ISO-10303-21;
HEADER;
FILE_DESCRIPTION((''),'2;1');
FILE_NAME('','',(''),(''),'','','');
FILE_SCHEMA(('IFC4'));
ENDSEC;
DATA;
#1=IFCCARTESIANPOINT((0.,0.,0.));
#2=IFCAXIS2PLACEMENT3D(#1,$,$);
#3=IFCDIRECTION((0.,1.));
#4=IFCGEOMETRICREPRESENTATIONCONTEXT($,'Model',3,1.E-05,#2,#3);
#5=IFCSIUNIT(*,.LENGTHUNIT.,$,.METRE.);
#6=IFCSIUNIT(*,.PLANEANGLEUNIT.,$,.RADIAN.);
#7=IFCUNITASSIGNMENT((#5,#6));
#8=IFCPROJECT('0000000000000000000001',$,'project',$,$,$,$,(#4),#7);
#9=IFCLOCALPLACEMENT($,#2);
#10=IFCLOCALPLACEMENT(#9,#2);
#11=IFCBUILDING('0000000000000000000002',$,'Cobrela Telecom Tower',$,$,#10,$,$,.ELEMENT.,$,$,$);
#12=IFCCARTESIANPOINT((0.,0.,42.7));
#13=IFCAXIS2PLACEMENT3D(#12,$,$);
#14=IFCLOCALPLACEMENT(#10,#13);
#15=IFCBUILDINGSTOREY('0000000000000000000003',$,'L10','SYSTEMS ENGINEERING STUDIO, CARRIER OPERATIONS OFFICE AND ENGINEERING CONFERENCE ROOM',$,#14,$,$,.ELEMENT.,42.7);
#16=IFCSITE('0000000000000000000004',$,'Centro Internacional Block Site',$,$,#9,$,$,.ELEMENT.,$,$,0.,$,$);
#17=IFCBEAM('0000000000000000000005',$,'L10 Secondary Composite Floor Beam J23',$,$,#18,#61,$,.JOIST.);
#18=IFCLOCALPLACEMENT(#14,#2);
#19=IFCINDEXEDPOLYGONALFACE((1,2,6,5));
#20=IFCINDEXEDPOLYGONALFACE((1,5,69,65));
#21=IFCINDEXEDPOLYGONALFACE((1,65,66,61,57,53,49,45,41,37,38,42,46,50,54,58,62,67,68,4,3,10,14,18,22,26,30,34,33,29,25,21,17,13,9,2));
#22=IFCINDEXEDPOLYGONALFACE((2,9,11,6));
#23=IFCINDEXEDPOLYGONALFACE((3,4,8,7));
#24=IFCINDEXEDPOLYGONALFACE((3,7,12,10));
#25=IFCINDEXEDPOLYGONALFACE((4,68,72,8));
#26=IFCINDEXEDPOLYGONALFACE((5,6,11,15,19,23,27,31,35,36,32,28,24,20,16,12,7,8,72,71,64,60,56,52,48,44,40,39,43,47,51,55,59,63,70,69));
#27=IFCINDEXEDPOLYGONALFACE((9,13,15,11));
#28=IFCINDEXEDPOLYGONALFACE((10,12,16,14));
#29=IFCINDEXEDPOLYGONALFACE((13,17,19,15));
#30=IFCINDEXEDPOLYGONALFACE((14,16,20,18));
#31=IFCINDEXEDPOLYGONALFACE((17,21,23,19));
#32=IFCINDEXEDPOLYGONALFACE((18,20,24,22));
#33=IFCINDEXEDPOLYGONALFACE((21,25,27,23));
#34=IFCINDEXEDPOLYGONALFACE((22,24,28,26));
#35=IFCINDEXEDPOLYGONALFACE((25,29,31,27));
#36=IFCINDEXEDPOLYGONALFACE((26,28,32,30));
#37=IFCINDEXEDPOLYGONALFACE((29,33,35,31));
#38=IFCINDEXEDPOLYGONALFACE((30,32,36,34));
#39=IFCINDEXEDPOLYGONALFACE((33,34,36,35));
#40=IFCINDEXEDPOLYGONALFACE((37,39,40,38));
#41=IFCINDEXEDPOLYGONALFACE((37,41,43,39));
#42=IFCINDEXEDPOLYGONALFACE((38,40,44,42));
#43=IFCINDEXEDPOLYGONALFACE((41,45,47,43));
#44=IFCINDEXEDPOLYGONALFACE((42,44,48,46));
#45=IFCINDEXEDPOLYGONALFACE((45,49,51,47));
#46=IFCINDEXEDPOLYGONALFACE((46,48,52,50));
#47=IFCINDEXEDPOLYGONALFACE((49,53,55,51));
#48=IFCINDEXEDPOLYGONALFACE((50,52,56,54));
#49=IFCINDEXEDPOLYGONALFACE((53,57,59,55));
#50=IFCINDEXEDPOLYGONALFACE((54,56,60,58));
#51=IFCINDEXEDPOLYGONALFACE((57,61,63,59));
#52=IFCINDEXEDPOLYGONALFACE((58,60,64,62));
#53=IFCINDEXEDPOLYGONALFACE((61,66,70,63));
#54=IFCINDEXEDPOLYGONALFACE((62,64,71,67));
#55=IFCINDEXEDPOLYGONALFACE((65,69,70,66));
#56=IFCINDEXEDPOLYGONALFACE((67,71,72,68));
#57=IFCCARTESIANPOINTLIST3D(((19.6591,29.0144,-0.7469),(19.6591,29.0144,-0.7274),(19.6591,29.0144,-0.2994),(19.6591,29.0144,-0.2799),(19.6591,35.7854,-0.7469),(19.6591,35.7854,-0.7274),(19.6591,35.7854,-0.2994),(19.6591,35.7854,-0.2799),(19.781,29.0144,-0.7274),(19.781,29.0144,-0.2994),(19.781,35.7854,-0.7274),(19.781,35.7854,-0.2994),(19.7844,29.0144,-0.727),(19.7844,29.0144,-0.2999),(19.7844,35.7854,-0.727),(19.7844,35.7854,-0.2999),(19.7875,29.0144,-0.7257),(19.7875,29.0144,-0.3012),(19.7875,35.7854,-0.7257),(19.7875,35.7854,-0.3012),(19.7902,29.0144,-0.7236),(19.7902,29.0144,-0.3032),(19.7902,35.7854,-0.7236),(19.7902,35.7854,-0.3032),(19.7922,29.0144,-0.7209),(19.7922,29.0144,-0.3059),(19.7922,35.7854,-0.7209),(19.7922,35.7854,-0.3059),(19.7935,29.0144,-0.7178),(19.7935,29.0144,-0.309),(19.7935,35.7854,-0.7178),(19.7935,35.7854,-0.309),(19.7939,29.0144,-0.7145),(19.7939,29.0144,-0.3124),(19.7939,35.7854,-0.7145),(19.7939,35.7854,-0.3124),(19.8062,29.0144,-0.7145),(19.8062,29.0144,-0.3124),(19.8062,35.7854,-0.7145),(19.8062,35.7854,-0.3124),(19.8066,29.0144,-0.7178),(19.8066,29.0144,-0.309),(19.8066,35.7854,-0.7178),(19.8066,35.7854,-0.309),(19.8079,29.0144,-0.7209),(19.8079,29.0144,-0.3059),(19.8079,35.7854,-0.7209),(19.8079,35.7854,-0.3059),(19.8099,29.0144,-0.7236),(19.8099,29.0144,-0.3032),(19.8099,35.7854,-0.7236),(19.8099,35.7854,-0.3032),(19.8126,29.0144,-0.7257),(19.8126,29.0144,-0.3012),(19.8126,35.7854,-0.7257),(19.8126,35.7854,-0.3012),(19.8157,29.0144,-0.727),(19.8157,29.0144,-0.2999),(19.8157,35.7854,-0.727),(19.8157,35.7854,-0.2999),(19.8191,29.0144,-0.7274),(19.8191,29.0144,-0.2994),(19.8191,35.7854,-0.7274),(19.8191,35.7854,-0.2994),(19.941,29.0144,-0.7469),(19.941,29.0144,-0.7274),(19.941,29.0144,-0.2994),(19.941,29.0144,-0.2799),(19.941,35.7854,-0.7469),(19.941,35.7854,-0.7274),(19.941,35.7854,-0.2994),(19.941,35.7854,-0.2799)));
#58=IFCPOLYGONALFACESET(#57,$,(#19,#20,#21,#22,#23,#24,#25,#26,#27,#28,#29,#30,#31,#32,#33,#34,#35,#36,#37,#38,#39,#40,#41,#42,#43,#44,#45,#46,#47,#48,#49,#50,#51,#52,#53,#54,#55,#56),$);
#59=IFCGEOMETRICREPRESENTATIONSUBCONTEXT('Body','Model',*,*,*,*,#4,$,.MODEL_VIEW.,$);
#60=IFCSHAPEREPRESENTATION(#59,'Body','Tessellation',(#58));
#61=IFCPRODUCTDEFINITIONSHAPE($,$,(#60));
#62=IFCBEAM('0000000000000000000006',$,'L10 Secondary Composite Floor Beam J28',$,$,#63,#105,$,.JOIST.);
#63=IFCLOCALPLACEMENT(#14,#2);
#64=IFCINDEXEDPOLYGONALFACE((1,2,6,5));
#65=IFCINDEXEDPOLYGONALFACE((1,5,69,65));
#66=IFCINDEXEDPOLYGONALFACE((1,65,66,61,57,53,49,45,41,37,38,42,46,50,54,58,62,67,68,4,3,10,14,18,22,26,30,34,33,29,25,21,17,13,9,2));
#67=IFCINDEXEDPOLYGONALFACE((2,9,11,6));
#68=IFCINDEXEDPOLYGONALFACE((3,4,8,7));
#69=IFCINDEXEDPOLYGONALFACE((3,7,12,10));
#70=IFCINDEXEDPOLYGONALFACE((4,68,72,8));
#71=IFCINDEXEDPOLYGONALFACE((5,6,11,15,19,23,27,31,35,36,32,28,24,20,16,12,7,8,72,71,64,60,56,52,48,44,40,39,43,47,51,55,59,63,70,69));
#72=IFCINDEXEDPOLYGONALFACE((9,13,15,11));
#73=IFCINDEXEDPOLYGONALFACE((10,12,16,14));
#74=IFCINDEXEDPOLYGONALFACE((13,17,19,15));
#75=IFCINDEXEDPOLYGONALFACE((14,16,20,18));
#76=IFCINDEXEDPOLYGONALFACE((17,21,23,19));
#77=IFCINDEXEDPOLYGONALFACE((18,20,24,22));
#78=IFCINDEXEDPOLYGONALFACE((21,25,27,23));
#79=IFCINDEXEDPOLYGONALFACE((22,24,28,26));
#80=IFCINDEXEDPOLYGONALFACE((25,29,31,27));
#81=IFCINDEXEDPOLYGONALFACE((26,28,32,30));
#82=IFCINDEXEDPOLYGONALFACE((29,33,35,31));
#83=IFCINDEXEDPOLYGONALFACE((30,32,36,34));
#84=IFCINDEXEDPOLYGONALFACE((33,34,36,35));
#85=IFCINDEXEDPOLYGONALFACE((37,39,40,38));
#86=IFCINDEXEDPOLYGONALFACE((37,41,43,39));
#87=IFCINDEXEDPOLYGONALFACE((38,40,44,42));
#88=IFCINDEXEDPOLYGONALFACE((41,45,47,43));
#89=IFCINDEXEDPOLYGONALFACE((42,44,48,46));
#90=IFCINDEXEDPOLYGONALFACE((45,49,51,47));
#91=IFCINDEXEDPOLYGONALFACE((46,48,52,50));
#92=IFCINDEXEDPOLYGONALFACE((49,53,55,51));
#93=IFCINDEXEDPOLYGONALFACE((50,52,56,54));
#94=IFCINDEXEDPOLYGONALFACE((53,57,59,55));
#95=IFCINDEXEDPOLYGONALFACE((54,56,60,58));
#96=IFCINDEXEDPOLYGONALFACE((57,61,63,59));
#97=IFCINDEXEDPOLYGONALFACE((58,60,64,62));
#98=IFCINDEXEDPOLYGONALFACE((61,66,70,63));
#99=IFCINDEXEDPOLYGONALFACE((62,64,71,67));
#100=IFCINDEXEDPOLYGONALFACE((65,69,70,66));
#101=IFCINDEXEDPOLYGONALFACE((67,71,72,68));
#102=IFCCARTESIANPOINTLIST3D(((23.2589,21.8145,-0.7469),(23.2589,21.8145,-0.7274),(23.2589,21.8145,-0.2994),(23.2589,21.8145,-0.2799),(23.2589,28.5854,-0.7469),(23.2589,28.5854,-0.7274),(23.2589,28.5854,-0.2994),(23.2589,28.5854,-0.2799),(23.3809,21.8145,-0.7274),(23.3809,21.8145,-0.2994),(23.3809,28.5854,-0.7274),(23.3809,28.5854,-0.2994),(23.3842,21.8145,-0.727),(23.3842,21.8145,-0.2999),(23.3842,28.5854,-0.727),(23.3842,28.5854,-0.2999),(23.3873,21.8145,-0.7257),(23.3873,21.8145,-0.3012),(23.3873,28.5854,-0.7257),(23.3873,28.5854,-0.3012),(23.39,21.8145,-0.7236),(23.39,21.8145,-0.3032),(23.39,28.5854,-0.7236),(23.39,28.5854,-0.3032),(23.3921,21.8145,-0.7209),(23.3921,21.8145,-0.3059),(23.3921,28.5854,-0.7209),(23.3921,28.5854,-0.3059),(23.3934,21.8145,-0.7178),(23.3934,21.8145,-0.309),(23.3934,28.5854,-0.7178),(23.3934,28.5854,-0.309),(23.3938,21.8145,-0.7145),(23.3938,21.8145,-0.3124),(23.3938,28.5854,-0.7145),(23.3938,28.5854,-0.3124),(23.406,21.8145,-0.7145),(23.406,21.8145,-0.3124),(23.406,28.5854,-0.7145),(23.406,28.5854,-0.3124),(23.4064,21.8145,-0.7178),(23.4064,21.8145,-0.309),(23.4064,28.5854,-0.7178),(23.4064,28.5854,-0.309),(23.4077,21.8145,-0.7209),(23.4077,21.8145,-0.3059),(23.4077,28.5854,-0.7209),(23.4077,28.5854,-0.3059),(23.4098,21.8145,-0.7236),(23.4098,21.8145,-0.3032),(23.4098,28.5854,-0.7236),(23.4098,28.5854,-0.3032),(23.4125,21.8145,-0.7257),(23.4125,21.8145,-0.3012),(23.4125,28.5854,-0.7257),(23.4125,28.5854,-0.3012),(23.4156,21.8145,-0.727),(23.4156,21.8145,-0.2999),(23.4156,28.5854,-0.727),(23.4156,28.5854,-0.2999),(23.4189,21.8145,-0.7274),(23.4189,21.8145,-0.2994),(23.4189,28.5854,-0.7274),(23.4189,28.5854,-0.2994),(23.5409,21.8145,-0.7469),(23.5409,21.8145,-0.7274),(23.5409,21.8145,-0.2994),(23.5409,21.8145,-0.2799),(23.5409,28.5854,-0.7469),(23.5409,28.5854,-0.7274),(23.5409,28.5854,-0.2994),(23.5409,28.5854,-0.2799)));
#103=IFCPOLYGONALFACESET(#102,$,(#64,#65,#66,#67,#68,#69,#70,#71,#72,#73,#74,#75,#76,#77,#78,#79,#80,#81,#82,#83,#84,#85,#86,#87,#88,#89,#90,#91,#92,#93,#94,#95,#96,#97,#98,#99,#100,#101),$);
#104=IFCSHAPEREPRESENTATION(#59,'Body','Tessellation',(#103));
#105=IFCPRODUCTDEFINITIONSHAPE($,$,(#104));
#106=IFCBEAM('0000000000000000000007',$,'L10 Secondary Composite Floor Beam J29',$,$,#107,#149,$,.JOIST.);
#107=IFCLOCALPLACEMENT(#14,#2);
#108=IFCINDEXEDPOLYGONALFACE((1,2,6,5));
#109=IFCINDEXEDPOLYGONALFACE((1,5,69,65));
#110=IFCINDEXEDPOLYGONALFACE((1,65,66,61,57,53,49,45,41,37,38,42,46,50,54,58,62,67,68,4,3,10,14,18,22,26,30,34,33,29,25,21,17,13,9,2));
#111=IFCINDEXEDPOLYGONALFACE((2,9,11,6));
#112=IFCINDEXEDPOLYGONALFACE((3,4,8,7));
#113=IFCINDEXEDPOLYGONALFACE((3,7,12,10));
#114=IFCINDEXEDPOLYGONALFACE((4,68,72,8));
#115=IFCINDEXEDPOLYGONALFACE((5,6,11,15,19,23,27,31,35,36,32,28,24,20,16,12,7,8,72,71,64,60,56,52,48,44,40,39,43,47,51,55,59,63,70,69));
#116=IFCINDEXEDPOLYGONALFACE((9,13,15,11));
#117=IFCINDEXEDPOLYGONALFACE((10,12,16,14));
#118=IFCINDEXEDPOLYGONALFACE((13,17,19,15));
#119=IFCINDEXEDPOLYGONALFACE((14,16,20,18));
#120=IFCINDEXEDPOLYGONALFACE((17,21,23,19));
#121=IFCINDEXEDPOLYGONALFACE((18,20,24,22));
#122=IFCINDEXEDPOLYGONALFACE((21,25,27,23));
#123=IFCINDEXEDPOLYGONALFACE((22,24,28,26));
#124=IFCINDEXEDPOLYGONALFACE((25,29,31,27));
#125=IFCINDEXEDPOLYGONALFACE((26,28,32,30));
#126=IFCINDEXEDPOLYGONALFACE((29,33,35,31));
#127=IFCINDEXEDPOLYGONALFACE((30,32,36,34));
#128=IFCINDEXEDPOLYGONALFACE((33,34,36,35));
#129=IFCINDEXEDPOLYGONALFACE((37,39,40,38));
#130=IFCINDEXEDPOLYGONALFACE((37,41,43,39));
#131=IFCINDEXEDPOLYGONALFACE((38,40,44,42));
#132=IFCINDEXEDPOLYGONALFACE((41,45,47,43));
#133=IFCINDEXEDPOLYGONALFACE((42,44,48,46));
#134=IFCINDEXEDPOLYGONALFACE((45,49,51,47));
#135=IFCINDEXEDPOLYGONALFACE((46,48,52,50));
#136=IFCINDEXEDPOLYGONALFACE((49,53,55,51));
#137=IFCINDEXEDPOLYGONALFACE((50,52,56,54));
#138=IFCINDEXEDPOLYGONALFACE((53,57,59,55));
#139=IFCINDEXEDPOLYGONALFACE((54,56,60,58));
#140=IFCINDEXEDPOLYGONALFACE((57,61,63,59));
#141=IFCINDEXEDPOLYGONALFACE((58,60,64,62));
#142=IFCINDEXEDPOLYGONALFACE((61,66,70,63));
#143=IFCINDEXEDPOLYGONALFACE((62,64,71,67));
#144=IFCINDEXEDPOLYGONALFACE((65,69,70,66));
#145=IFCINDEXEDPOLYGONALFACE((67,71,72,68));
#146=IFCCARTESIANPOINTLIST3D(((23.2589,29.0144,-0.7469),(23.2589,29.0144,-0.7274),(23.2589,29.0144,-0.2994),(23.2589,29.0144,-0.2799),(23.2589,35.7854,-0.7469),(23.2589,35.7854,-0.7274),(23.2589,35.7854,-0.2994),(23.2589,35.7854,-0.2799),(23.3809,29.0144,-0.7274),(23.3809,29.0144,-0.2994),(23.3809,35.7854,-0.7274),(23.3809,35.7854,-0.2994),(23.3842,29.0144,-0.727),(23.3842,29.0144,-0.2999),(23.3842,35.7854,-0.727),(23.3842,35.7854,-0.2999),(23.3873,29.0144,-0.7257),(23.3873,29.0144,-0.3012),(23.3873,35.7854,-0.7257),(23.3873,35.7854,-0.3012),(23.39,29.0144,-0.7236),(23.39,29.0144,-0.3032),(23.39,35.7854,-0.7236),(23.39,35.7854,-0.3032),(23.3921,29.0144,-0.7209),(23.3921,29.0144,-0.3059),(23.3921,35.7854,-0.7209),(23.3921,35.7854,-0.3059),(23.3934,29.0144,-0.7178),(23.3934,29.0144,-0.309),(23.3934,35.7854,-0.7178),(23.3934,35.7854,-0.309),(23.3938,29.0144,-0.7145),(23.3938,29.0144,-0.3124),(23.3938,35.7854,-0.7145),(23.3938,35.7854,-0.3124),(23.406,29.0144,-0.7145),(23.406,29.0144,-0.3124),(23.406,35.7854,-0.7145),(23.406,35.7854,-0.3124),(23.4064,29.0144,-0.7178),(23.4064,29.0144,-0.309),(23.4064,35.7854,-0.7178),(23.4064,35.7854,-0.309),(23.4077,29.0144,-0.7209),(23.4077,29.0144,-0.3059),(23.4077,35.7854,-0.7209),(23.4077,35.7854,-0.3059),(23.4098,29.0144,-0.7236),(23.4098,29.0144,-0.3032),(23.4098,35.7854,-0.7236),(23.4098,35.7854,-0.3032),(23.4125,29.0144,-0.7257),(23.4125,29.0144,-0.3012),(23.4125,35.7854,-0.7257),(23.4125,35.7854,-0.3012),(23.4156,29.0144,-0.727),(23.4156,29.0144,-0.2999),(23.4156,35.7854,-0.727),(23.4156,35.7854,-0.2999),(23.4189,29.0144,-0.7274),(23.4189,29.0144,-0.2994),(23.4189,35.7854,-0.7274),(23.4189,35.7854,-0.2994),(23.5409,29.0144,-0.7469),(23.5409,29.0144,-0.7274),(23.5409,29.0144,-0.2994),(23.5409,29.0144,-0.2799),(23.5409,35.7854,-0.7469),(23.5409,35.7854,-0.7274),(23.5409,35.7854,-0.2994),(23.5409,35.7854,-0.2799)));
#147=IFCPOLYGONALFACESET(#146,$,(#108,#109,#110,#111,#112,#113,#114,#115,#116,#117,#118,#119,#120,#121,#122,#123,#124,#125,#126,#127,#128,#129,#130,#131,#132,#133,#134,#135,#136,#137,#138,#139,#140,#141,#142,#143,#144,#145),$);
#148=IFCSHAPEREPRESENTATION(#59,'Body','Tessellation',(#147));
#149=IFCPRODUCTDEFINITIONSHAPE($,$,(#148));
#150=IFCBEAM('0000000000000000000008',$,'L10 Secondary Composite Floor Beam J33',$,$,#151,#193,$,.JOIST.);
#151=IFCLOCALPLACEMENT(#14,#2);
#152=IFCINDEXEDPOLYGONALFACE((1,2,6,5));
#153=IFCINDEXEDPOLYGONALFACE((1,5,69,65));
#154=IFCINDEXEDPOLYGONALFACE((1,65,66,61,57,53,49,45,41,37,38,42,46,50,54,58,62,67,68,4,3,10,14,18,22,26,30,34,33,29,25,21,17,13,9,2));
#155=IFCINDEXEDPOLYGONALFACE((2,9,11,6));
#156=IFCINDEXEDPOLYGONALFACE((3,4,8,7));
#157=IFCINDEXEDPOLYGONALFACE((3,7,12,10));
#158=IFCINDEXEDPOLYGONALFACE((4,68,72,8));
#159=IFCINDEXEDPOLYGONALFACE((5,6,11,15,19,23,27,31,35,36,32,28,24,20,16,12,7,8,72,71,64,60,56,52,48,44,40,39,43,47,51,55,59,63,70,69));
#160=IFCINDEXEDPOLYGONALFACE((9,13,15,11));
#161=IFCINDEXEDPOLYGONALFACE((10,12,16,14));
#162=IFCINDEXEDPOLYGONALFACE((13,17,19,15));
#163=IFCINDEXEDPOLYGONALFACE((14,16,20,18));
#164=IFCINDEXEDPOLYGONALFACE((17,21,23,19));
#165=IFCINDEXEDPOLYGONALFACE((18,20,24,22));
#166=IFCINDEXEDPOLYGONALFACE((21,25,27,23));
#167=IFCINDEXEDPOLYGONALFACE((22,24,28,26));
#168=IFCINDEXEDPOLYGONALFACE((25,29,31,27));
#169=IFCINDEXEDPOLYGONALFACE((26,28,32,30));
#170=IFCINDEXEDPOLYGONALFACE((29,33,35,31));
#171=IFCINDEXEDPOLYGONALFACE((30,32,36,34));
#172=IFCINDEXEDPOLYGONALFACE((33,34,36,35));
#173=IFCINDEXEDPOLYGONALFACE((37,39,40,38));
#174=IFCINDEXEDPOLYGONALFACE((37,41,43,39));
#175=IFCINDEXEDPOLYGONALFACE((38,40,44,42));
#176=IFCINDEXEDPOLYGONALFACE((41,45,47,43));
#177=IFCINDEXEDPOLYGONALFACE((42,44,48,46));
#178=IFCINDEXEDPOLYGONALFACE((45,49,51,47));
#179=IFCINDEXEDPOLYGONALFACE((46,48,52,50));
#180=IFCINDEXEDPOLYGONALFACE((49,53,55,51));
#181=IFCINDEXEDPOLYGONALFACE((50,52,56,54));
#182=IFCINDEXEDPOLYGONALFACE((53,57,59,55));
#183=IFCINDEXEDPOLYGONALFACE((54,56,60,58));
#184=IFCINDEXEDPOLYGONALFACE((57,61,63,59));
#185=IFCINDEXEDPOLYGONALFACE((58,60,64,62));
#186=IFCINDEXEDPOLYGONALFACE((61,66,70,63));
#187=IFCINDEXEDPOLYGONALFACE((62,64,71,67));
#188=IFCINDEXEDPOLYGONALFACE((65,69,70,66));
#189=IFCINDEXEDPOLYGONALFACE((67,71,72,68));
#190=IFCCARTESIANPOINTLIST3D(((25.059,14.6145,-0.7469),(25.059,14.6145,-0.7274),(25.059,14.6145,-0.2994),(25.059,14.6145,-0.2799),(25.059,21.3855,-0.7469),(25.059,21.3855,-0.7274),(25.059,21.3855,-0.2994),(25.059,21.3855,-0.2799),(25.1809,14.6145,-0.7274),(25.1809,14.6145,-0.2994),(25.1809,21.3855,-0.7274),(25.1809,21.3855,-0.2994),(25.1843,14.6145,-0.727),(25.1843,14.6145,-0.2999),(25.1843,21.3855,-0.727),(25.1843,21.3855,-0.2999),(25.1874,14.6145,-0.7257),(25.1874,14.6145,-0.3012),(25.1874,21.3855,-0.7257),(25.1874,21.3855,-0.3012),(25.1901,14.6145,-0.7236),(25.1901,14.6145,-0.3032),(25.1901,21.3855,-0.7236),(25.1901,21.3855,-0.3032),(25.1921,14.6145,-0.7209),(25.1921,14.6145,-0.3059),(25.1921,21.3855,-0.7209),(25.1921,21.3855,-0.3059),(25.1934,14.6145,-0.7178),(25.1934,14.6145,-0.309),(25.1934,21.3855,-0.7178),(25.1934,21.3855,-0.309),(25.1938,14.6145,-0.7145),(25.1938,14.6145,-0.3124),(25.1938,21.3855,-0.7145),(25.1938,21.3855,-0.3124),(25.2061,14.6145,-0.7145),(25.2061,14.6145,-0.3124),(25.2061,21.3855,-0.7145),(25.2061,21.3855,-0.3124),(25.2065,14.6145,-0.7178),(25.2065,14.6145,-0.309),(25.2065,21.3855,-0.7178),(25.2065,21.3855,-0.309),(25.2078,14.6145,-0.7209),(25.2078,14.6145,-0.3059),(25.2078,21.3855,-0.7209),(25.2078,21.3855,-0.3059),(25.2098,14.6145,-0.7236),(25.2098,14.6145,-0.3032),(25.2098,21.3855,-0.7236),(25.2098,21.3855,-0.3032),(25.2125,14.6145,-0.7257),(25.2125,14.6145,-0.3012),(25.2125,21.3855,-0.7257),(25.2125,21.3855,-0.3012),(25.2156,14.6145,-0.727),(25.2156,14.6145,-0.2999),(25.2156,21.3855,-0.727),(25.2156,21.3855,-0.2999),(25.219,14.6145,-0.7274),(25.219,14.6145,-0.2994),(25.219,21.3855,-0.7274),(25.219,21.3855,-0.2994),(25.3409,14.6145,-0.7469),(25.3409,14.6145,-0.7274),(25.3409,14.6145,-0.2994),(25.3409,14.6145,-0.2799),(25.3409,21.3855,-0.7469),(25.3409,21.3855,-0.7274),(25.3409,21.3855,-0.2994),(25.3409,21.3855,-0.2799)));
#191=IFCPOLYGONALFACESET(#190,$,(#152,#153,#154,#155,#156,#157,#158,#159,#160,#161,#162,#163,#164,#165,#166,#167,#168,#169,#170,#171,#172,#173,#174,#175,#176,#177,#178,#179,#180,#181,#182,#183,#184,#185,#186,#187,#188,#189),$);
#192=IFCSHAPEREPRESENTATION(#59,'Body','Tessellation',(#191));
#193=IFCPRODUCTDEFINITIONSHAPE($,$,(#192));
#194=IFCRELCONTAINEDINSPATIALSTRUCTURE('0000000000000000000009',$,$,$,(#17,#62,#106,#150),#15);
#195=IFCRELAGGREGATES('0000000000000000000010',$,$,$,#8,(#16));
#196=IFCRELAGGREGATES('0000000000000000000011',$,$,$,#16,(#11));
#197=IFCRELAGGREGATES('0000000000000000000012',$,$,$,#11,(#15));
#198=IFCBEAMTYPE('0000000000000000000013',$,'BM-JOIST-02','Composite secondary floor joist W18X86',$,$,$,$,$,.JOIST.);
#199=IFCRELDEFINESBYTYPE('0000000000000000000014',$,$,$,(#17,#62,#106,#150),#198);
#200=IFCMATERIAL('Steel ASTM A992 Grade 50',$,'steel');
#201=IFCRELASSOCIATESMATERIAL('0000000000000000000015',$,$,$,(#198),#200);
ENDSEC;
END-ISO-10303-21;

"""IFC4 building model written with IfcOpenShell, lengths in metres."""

from ifc_helpers import new_model, si_unit, direction, frame, origin, origin_2d, place, context, subcontext, project, spatial, i_section, extrude, material, material_profile, profile_set, type_object, element, save


model = new_model("IFC4")

# Units and contexts
model_context = context("Model", 3, precision=1e-05, world=origin(), true_north=direction((0.0, 1.0)))
body_context = subcontext(model_context, "Body", "Model", "MODEL_VIEW")
ifc_project = project(units=[si_unit("LENGTHUNIT", "METRE"), si_unit("PLANEANGLEUNIT", "RADIAN")], contexts=[model_context])

# Site, building, storey
site_placement = place(None, origin())
site = spatial("IfcSite", under=ifc_project, at=site_placement, Name="Centro Internacional Block Site", CompositionType="ELEMENT", RefElevation=0.0)
building_placement = place(site_placement, origin())
building = spatial("IfcBuilding", under=site, at=building_placement, Name="Cobrela Telecom Tower", CompositionType="ELEMENT")
storey_placement = place(building_placement, frame((0.0, 0.0, 42.7)))
storey = spatial("IfcBuildingStorey", under=building, at=storey_placement, Name="L10", Description="SYSTEMS ENGINEERING STUDIO, CARRIER OPERATIONS OFFICE AND ENGINEERING CONFERENCE ROOM", CompositionType="ELEMENT", Elevation=42.7)

# Shared definitions
ifc_material_1 = material(Name="Steel ASTM A992 Grade 50", Category="steel")

# Beams
ifc_material_profile_1 = material_profile(ifc_material_1, i_section(OverallWidth=0.282, OverallDepth=0.467, WebThickness=0.0122, FlangeThickness=0.0195, FilletRadius=0.0129, at=origin_2d()), Name="W18X86")
ifc_profile_set_1 = profile_set([ifc_material_profile_1], Name="Steel ASTM A992 Grade 50")
beam_type_1 = type_object("IfcBeamType", Name="BM-JOIST-02", Description="Composite secondary floor joist W18X86", PredefinedType="JOIST", material=ifc_profile_set_1)
for number, where, z_axis, x_axis, name in (
    (1, (19.8, 29.0144, -0.5134), (0.0, 1.0, 0.0), (-1.0, 0.0, 0.0), "L10 Secondary Composite Floor Beam J23"),
    (2, (23.3999, 21.8145, -0.5134), (0.0, 1.0, 0.0), (-1.0, 0.0, 0.0), "L10 Secondary Composite Floor Beam J28"),
    (3, (23.3999, 29.0144, -0.5134), (0.0, 1.0, 0.0), (-1.0, 0.0, 0.0), "L10 Secondary Composite Floor Beam J29"),
    (4, (25.2, 14.6145, -0.5134), (0.0, 1.0, 0.0), (-1.0, 0.0, 0.0), "L10 Secondary Composite Floor Beam J33"),
):
    element("IfcBeam", number, at=place(storey_placement, frame(where, z_axis=z_axis, x_axis=x_axis)), inside=storey, type_object=beam_type_1, Name=name, PredefinedType="JOIST", context=body_context, shape_type="SweptSolid", body=[
        extrude(i_section(OverallWidth=0.282, OverallDepth=0.467, WebThickness=0.0122, FlangeThickness=0.0195, FilletRadius=0.0129, at=origin_2d()), origin(), (0.0, 0.0, 1.0), 6.771),
    ])

save(model, "model.ifc")
